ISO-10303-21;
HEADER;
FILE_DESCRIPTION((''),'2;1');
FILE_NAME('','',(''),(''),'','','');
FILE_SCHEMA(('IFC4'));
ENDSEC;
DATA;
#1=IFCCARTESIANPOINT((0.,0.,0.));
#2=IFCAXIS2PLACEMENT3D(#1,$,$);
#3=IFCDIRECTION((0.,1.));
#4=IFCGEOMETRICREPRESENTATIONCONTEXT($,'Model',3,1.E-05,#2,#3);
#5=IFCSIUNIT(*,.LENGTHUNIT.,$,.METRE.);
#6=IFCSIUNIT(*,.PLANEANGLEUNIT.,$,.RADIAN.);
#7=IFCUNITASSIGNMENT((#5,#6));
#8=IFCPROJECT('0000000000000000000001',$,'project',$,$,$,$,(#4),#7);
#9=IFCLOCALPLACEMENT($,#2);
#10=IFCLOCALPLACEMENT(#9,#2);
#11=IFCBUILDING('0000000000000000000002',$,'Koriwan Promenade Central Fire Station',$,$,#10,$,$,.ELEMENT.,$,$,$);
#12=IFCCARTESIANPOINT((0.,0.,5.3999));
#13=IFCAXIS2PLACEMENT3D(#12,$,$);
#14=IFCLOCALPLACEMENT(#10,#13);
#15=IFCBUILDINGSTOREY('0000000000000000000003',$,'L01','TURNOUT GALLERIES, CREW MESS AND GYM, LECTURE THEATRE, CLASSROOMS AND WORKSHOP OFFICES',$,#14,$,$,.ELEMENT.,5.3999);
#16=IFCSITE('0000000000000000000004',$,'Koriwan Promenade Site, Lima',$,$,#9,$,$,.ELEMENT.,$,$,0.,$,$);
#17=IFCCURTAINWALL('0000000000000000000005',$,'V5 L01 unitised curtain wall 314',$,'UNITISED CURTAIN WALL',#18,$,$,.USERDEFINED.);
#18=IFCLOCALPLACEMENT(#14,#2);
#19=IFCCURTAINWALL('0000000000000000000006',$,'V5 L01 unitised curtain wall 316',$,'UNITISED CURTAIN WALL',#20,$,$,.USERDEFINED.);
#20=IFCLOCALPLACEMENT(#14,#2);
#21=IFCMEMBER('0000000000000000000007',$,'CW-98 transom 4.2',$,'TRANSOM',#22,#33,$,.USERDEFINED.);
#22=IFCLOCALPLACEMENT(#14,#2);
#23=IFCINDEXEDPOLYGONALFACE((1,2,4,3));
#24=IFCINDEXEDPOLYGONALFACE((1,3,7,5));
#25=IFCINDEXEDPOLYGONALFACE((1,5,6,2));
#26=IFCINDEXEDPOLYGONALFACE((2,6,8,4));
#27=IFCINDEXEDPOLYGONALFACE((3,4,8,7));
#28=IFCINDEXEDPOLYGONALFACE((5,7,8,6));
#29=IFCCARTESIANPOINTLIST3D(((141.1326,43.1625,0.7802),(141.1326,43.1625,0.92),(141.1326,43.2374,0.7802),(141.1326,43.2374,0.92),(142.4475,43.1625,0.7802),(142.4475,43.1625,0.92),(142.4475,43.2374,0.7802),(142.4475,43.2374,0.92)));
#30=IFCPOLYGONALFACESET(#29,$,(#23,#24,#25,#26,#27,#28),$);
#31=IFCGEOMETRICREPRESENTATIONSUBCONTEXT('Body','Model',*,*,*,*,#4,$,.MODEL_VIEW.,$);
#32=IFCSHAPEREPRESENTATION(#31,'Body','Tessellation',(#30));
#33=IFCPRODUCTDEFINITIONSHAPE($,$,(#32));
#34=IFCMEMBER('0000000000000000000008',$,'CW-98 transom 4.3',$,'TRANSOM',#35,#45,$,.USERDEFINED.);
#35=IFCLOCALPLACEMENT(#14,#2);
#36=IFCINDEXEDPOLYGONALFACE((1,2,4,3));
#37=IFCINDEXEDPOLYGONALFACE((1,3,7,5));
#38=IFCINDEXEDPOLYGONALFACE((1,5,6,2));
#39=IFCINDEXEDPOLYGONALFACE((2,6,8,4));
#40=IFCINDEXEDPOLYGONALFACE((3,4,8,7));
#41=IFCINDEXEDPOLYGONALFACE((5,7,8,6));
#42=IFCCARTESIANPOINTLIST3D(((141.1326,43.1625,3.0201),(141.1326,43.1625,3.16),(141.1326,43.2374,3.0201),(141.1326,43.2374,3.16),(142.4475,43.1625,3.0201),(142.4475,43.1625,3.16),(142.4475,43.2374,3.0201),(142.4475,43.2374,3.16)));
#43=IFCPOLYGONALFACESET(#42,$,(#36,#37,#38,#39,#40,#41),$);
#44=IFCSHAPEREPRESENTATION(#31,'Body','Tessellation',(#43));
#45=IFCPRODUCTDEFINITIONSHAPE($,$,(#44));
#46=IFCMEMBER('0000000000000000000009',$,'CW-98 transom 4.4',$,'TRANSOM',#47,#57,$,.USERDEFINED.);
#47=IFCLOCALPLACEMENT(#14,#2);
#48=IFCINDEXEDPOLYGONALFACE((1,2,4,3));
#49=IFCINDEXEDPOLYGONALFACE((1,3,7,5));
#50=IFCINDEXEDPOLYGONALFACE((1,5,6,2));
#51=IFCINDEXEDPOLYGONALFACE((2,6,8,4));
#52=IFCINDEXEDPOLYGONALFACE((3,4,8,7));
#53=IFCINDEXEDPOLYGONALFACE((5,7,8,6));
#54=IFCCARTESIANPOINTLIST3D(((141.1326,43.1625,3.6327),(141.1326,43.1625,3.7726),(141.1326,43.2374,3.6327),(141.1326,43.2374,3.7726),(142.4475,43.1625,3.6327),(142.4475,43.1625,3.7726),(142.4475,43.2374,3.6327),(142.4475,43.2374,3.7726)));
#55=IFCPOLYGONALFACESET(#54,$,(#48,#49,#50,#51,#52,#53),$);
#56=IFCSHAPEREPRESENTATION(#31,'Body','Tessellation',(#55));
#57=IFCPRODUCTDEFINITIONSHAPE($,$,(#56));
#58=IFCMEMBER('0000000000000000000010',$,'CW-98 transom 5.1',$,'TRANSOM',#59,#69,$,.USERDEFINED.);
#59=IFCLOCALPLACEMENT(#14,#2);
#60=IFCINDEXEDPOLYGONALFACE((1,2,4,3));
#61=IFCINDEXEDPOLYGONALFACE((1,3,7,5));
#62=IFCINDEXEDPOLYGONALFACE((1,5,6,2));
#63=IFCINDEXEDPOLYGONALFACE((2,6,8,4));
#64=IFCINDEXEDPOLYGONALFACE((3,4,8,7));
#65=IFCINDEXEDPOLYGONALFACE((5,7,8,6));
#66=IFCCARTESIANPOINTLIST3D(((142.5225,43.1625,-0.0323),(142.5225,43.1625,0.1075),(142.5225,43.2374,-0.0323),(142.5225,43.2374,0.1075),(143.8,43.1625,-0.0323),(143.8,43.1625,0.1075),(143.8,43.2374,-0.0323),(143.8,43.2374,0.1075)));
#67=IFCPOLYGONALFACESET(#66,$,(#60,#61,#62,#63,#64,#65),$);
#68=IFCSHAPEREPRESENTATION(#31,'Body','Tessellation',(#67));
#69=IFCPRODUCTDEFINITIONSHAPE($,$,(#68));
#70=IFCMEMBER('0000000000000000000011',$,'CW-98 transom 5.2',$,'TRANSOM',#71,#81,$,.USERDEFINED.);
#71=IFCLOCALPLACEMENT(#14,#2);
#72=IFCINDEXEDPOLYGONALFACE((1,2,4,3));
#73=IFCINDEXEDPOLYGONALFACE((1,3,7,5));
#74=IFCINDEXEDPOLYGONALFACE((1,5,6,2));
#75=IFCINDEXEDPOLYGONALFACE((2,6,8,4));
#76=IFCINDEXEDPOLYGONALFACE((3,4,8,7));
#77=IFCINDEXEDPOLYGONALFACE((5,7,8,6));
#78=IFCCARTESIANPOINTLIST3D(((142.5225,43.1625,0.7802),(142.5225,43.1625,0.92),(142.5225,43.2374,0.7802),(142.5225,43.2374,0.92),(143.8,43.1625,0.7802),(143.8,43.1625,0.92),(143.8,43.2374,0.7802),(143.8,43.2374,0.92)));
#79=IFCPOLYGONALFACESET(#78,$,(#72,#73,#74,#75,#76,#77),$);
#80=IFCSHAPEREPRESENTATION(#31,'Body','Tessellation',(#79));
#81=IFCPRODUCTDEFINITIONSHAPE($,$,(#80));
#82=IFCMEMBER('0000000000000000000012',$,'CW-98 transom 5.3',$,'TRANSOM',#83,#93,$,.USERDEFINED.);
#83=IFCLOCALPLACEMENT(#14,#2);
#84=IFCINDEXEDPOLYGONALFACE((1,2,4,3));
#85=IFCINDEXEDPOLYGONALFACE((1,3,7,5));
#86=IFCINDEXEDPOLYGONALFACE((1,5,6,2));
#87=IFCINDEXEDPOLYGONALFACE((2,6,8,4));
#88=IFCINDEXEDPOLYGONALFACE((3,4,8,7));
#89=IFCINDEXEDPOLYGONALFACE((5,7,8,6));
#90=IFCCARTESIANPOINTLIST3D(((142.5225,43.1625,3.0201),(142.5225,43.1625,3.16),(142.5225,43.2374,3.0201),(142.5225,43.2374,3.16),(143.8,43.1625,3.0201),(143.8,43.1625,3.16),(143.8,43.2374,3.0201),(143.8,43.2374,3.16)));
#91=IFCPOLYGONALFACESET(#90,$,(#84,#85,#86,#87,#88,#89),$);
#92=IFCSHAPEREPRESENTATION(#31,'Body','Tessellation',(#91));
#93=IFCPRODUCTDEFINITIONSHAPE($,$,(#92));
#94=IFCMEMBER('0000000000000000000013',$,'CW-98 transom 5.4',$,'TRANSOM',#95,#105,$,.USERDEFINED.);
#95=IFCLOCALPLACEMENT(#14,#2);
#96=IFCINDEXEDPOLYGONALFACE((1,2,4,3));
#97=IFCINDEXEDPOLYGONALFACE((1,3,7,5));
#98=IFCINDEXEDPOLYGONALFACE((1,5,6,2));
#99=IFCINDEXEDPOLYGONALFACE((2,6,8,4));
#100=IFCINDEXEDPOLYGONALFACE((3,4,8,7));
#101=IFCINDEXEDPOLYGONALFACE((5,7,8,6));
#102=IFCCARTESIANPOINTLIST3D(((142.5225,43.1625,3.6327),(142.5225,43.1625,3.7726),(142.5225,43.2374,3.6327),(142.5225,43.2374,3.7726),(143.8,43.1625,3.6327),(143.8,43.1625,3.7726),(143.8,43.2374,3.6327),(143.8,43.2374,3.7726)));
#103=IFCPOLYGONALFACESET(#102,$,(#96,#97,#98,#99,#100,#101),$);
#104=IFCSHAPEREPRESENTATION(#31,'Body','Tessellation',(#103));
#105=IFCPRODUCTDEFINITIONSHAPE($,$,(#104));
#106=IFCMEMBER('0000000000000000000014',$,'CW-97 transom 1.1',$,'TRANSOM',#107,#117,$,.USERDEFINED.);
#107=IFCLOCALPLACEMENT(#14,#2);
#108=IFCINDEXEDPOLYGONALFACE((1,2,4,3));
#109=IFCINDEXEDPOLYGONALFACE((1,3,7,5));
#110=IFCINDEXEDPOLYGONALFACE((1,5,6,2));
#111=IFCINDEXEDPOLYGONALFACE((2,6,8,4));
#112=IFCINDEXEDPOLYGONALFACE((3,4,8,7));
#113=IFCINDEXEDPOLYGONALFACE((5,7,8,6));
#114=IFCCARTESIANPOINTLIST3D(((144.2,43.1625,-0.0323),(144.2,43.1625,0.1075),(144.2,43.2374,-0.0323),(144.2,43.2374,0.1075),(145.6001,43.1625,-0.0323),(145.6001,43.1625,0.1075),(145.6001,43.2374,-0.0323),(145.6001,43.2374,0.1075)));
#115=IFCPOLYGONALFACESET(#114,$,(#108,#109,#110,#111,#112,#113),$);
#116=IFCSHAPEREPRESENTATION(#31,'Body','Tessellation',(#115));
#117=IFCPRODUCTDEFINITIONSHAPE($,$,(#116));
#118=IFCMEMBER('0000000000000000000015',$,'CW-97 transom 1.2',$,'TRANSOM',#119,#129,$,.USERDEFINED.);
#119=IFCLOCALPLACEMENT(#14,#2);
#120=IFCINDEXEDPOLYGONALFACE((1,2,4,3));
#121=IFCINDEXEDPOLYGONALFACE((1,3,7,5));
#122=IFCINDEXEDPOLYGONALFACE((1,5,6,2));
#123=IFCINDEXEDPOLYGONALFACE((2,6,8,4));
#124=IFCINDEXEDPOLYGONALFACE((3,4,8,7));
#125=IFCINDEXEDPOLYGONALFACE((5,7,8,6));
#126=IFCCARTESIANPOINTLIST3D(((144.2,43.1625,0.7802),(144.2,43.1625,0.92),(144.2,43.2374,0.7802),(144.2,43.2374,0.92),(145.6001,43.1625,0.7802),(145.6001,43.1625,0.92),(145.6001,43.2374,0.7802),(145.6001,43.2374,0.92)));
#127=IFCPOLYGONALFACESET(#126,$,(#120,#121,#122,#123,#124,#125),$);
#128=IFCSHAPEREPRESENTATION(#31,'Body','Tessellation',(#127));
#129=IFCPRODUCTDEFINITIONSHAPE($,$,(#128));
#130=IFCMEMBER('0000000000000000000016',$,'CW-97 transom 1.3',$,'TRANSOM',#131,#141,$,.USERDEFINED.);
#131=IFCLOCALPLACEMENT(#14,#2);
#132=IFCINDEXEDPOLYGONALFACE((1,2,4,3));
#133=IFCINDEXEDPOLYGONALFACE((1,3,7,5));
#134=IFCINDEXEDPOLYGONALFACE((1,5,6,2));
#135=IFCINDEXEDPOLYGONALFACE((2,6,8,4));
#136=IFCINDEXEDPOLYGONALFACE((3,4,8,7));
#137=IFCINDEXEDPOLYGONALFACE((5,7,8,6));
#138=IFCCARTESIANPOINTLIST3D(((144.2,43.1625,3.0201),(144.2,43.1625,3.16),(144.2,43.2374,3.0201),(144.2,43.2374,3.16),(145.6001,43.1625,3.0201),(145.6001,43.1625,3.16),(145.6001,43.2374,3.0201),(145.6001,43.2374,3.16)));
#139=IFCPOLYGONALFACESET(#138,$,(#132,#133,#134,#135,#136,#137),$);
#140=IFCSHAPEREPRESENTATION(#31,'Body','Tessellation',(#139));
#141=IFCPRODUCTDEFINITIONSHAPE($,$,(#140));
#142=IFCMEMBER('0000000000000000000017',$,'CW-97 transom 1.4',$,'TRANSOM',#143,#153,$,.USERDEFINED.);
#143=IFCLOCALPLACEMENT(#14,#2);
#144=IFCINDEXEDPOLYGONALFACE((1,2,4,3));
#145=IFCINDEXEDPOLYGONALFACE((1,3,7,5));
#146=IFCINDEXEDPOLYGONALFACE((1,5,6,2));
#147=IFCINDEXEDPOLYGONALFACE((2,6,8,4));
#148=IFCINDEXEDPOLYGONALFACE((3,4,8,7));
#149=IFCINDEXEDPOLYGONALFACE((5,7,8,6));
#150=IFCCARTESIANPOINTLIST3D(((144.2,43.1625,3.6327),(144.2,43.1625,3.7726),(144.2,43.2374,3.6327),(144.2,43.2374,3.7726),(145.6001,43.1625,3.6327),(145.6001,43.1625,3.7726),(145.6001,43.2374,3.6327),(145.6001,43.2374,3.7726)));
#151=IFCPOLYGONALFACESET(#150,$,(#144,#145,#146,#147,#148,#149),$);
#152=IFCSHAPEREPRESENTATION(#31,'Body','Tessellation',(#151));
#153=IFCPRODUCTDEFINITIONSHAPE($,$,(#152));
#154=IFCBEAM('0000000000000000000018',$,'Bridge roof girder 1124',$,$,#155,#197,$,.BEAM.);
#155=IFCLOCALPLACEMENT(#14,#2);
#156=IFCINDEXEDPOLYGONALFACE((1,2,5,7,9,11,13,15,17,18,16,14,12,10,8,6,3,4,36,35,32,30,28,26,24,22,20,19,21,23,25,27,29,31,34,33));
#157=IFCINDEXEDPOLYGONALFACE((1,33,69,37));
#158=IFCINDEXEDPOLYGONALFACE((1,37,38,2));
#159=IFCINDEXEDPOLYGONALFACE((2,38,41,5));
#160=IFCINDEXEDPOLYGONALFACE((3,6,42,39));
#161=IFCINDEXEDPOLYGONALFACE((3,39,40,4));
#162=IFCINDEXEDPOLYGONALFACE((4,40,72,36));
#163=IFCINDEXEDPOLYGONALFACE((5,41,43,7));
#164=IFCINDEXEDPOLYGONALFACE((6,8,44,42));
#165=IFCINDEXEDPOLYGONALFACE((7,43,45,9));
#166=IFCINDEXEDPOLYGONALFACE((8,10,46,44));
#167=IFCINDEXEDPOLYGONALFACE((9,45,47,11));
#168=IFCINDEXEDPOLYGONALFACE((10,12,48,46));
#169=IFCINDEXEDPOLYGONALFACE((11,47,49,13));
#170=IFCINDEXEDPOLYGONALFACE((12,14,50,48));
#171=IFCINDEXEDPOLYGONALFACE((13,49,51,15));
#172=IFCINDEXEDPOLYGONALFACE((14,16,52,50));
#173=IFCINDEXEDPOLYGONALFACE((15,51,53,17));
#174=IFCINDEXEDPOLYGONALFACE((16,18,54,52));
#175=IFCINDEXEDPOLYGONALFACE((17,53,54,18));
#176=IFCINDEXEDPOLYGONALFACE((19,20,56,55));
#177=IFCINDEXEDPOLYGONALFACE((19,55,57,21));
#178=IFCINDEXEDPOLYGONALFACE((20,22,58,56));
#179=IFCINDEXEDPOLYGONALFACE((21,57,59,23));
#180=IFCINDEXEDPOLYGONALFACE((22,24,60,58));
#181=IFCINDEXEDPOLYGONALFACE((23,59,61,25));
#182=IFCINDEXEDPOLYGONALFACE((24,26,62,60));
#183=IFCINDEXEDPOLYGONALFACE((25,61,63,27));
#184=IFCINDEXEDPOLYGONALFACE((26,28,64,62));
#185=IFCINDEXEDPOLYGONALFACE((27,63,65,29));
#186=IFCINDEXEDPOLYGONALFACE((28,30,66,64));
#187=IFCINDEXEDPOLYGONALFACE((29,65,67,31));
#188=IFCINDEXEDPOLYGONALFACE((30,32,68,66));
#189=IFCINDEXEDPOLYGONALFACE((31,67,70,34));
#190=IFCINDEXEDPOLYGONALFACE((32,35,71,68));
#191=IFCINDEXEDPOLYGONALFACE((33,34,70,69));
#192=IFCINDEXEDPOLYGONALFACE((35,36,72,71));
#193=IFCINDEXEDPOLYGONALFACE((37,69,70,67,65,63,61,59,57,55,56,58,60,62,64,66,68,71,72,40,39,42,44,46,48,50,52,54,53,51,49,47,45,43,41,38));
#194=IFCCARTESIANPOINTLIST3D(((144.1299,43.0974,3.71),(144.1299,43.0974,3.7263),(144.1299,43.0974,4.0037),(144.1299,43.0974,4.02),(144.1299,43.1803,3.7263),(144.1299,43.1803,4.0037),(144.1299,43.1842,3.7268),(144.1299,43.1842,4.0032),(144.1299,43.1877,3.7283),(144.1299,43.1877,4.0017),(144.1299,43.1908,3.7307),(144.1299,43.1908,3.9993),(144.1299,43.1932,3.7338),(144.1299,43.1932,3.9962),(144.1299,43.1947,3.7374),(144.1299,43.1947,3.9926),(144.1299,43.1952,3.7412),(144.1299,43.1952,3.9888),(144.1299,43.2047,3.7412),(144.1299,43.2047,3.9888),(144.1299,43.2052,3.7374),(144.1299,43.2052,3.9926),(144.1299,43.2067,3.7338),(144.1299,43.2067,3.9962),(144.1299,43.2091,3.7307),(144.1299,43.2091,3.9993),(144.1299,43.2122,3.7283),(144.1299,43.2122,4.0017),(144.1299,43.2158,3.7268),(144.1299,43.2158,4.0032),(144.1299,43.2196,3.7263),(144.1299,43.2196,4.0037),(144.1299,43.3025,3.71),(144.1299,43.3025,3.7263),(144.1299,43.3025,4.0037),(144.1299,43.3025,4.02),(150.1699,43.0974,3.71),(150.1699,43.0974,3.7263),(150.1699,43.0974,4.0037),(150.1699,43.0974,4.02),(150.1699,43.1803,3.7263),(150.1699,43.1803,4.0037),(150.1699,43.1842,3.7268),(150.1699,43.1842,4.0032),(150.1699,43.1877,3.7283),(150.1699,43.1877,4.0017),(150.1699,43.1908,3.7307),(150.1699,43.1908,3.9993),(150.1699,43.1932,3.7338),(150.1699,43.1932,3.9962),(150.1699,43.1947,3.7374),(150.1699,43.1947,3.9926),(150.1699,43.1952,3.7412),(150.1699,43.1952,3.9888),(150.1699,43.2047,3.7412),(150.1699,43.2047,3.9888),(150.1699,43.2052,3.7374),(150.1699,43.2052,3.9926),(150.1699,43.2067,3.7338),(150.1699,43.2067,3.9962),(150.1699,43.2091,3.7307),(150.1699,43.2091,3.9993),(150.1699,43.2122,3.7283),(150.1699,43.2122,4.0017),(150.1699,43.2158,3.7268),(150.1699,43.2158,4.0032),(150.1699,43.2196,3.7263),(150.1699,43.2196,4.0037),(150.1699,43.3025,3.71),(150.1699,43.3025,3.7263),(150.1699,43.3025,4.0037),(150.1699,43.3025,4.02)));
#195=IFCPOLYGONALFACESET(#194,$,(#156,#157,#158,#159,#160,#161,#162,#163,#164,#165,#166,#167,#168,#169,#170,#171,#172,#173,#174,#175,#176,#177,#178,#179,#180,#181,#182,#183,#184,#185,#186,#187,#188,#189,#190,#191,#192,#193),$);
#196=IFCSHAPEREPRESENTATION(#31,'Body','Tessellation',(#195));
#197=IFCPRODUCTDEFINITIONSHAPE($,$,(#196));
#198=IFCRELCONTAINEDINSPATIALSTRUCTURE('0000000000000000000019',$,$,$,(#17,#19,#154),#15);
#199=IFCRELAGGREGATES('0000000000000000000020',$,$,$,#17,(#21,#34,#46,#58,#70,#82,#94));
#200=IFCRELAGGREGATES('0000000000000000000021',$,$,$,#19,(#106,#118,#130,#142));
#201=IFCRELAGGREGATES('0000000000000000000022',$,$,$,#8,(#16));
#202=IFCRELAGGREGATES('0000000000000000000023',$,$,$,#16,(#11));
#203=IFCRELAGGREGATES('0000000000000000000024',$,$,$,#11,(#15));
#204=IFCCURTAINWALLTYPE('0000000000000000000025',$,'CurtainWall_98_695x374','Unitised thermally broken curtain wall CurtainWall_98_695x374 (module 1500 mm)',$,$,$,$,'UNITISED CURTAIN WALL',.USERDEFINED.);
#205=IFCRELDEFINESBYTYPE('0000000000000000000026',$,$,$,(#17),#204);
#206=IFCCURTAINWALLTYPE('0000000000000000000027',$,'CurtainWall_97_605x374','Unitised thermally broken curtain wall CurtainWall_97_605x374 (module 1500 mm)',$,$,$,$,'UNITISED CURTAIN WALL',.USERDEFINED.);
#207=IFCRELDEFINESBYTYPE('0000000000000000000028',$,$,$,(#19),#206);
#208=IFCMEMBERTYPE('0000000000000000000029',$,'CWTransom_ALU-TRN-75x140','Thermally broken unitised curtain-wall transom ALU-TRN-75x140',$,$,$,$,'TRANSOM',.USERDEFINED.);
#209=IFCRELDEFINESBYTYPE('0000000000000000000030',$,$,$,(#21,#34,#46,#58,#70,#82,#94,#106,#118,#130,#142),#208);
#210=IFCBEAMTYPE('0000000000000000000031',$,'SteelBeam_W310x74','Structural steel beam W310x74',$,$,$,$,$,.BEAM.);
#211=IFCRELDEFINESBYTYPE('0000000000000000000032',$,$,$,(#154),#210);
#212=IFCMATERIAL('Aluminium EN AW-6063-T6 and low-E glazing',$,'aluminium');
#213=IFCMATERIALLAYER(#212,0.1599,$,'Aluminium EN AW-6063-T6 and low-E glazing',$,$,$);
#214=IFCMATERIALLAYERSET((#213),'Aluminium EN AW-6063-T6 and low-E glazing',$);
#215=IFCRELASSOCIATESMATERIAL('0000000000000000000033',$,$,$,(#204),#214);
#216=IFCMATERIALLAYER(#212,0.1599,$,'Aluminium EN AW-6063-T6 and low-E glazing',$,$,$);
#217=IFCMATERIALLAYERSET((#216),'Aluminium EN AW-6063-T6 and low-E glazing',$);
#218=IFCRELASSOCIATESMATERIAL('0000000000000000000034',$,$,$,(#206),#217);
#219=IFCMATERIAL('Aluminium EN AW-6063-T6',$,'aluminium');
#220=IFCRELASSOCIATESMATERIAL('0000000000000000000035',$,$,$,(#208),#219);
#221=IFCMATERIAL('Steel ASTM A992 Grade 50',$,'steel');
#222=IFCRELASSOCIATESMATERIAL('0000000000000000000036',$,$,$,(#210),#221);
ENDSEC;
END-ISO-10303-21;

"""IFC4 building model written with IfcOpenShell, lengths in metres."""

from ifc_helpers import new_model, si_unit, direction, frame, origin, origin_2d, place, context, subcontext, project, spatial, rectangle, i_section, extrude, material, layer, layer_set, material_profile, profile_set, type_object, element, aggregate, save


model = new_model("IFC4")

# Units and contexts
model_context = context("Model", 3, precision=1e-05, world=origin(), true_north=direction((0.0, 1.0)))
body_context = subcontext(model_context, "Body", "Model", "MODEL_VIEW")
ifc_project = project(units=[si_unit("LENGTHUNIT", "METRE"), si_unit("PLANEANGLEUNIT", "RADIAN")], contexts=[model_context])

# Site, building, storey
site_placement = place(None, origin())
site = spatial("IfcSite", under=ifc_project, at=site_placement, Name="Koriwan Promenade Site, Lima", CompositionType="ELEMENT", RefElevation=0.0)
building_placement = place(site_placement, origin())
building = spatial("IfcBuilding", under=site, at=building_placement, Name="Koriwan Promenade Central Fire Station", CompositionType="ELEMENT")
storey_placement = place(building_placement, frame((0.0, 0.0, 5.3999)))
storey = spatial("IfcBuildingStorey", under=building, at=storey_placement, Name="L01", Description="TURNOUT GALLERIES, CREW MESS AND GYM, LECTURE THEATRE, CLASSROOMS AND WORKSHOP OFFICES", CompositionType="ELEMENT", Elevation=5.3999)

# Curtain wall
ifc_material_1 = material(Name="Aluminium EN AW-6063-T6 and low-E glazing", Category="aluminium")
ifc_layer_1 = layer(ifc_material_1, 0.1599, Name="Aluminium EN AW-6063-T6 and low-E glazing")
ifc_layer_set_1 = layer_set([ifc_layer_1], Name="Aluminium EN AW-6063-T6 and low-E glazing")
curtain_wall_type_1 = type_object("IfcCurtainWallType", Name="CurtainWall_98_695x374", Description="Unitised thermally broken curtain wall CurtainWall_98_695x374 (module 1500 mm)", ElementType="UNITISED CURTAIN WALL", PredefinedType="USERDEFINED", material=ifc_layer_set_1)
curtain_wall_1_placement = place(storey_placement, origin())
curtain_wall_1 = element("IfcCurtainWall", 1, at=curtain_wall_1_placement, inside=storey, type_object=curtain_wall_type_1, Name="V5 L01 unitised curtain wall 314", ObjectType="UNITISED CURTAIN WALL", PredefinedType="USERDEFINED")
ifc_material_2 = material(Name="Aluminium EN AW-6063-T6", Category="aluminium")

# Curtain wall
ifc_layer_2 = layer(ifc_material_1, 0.1599, Name="Aluminium EN AW-6063-T6 and low-E glazing")
ifc_layer_set_2 = layer_set([ifc_layer_2], Name="Aluminium EN AW-6063-T6 and low-E glazing")
curtain_wall_type_2 = type_object("IfcCurtainWallType", Name="CurtainWall_97_605x374", Description="Unitised thermally broken curtain wall CurtainWall_97_605x374 (module 1500 mm)", ElementType="UNITISED CURTAIN WALL", PredefinedType="USERDEFINED", material=ifc_layer_set_2)
curtain_wall_2_placement = place(storey_placement, origin())
curtain_wall_2 = element("IfcCurtainWall", 2, at=curtain_wall_2_placement, inside=storey, type_object=curtain_wall_type_2, Name="V5 L01 unitised curtain wall 316", ObjectType="UNITISED CURTAIN WALL", PredefinedType="USERDEFINED")

# Members
ifc_material_profile_1 = material_profile(ifc_material_2, rectangle(XDim=0.075, YDim=0.1399, at=origin_2d()), Name="ALU-TRN-75x140")
ifc_profile_set_1 = profile_set([ifc_material_profile_1], Name="Aluminium EN AW-6063-T6")
member_type_1 = type_object("IfcMemberType", Name="CWTransom_ALU-TRN-75x140", Description="Thermally broken unitised curtain-wall transom ALU-TRN-75x140", ElementType="TRANSOM", PredefinedType="USERDEFINED", material=ifc_profile_set_1)
member_1_placement = place(storey_placement, frame((141.1326, 43.2, 0.8501), z_axis=(1.0, 0.0, 0.0), x_axis=(0.0, 1.0, 0.0)))
member_1 = element("IfcMember", 3, at=member_1_placement, type_object=member_type_1, Name="CW-98 transom 4.2", ObjectType="TRANSOM", PredefinedType="USERDEFINED", context=body_context, shape_type="SweptSolid", body=[
    extrude(rectangle(XDim=0.075, YDim=0.1399, at=origin_2d()), origin(), (0.0, 0.0, 1.0), 1.3149),
])
member_2_placement = place(storey_placement, frame((141.1326, 43.2, 3.0901), z_axis=(1.0, 0.0, 0.0), x_axis=(0.0, 1.0, 0.0)))
member_2 = element("IfcMember", 4, at=member_2_placement, type_object=member_type_1, Name="CW-98 transom 4.3", ObjectType="TRANSOM", PredefinedType="USERDEFINED", context=body_context, shape_type="SweptSolid", body=[
    extrude(rectangle(XDim=0.075, YDim=0.1399, at=origin_2d()), origin(), (0.0, 0.0, 1.0), 1.3149),
])
member_3_placement = place(storey_placement, frame((141.1326, 43.2, 3.7026), z_axis=(1.0, 0.0, 0.0), x_axis=(0.0, 1.0, 0.0)))
member_3 = element("IfcMember", 5, at=member_3_placement, type_object=member_type_1, Name="CW-98 transom 4.4", ObjectType="TRANSOM", PredefinedType="USERDEFINED", context=body_context, shape_type="SweptSolid", body=[
    extrude(rectangle(XDim=0.075, YDim=0.1399, at=origin_2d()), origin(), (0.0, 0.0, 1.0), 1.3149),
])
member_4_placement = place(storey_placement, frame((142.5225, 43.2, 0.0376), z_axis=(1.0, 0.0, 0.0), x_axis=(0.0, 1.0, 0.0)))
member_4 = element("IfcMember", 6, at=member_4_placement, type_object=member_type_1, Name="CW-98 transom 5.1", ObjectType="TRANSOM", PredefinedType="USERDEFINED", context=body_context, shape_type="SweptSolid", body=[
    extrude(rectangle(XDim=0.075, YDim=0.1399, at=origin_2d()), origin(), (0.0, 0.0, 1.0), 1.2776),
])
member_5_placement = place(storey_placement, frame((142.5225, 43.2, 0.8501), z_axis=(1.0, 0.0, 0.0), x_axis=(0.0, 1.0, 0.0)))
member_5 = element("IfcMember", 7, at=member_5_placement, type_object=member_type_1, Name="CW-98 transom 5.2", ObjectType="TRANSOM", PredefinedType="USERDEFINED", context=body_context, shape_type="SweptSolid", body=[
    extrude(rectangle(XDim=0.075, YDim=0.1399, at=origin_2d()), origin(), (0.0, 0.0, 1.0), 1.2776),
])
member_6_placement = place(storey_placement, frame((142.5225, 43.2, 3.0901), z_axis=(1.0, 0.0, 0.0), x_axis=(0.0, 1.0, 0.0)))
member_6 = element("IfcMember", 8, at=member_6_placement, type_object=member_type_1, Name="CW-98 transom 5.3", ObjectType="TRANSOM", PredefinedType="USERDEFINED", context=body_context, shape_type="SweptSolid", body=[
    extrude(rectangle(XDim=0.075, YDim=0.1399, at=origin_2d()), origin(), (0.0, 0.0, 1.0), 1.2776),
])
member_7_placement = place(storey_placement, frame((142.5225, 43.2, 3.7026), z_axis=(1.0, 0.0, 0.0), x_axis=(0.0, 1.0, 0.0)))
member_7 = element("IfcMember", 9, at=member_7_placement, type_object=member_type_1, Name="CW-98 transom 5.4", ObjectType="TRANSOM", PredefinedType="USERDEFINED", context=body_context, shape_type="SweptSolid", body=[
    extrude(rectangle(XDim=0.075, YDim=0.1399, at=origin_2d()), origin(), (0.0, 0.0, 1.0), 1.2776),
])
member_8_placement = place(storey_placement, frame((144.2, 43.2, 0.0376), z_axis=(1.0, 0.0, 0.0), x_axis=(0.0, 1.0, 0.0)))
member_8 = element("IfcMember", 10, at=member_8_placement, type_object=member_type_1, Name="CW-97 transom 1.1", ObjectType="TRANSOM", PredefinedType="USERDEFINED", context=body_context, shape_type="SweptSolid", body=[
    extrude(rectangle(XDim=0.075, YDim=0.1399, at=origin_2d()), origin(), (0.0, 0.0, 1.0), 1.4001),
])
member_9_placement = place(storey_placement, frame((144.2, 43.2, 0.8501), z_axis=(1.0, 0.0, 0.0), x_axis=(0.0, 1.0, 0.0)))
member_9 = element("IfcMember", 11, at=member_9_placement, type_object=member_type_1, Name="CW-97 transom 1.2", ObjectType="TRANSOM", PredefinedType="USERDEFINED", context=body_context, shape_type="SweptSolid", body=[
    extrude(rectangle(XDim=0.075, YDim=0.1399, at=origin_2d()), origin(), (0.0, 0.0, 1.0), 1.4001),
])
member_10_placement = place(storey_placement, frame((144.2, 43.2, 3.0901), z_axis=(1.0, 0.0, 0.0), x_axis=(0.0, 1.0, 0.0)))
member_10 = element("IfcMember", 12, at=member_10_placement, type_object=member_type_1, Name="CW-97 transom 1.3", ObjectType="TRANSOM", PredefinedType="USERDEFINED", context=body_context, shape_type="SweptSolid", body=[
    extrude(rectangle(XDim=0.075, YDim=0.1399, at=origin_2d()), origin(), (0.0, 0.0, 1.0), 1.4001),
])
member_11_placement = place(storey_placement, frame((144.2, 43.2, 3.7026), z_axis=(1.0, 0.0, 0.0), x_axis=(0.0, 1.0, 0.0)))
member_11 = element("IfcMember", 13, at=member_11_placement, type_object=member_type_1, Name="CW-97 transom 1.4", ObjectType="TRANSOM", PredefinedType="USERDEFINED", context=body_context, shape_type="SweptSolid", body=[
    extrude(rectangle(XDim=0.075, YDim=0.1399, at=origin_2d()), origin(), (0.0, 0.0, 1.0), 1.4001),
])

# Beam
ifc_material_3 = material(Name="Steel ASTM A992 Grade 50", Category="steel")
ifc_material_profile_2 = material_profile(ifc_material_3, i_section(OverallWidth=0.2051, OverallDepth=0.3101, WebThickness=0.0095, FlangeThickness=0.0164, FilletRadius=0.0149, at=origin_2d()), Name="W310x74")
ifc_profile_set_2 = profile_set([ifc_material_profile_2], Name="Steel ASTM A992 Grade 50")
beam_type = type_object("IfcBeamType", Name="SteelBeam_W310x74", Description="Structural steel beam W310x74", PredefinedType="BEAM", material=ifc_profile_set_2)
beam_placement = place(storey_placement, frame((144.1299, 43.2, 3.865), z_axis=(1.0, 0.0, 0.0), x_axis=(0.0, 1.0, 0.0)))
element("IfcBeam", 14, at=beam_placement, inside=storey, type_object=beam_type, Name="Bridge roof girder 1124", PredefinedType="BEAM", context=body_context, shape_type="SweptSolid", body=[
    extrude(i_section(OverallWidth=0.2051, OverallDepth=0.3101, WebThickness=0.0095, FlangeThickness=0.0164, FilletRadius=0.0149, at=origin_2d()), origin(), (0.0, 0.0, 1.0), 6.04),
])

aggregate(curtain_wall_1, [member_1, member_2, member_3, member_4, member_5, member_6, member_7])
aggregate(curtain_wall_2, [member_8, member_9, member_10, member_11])

save(model, "model.ifc")
